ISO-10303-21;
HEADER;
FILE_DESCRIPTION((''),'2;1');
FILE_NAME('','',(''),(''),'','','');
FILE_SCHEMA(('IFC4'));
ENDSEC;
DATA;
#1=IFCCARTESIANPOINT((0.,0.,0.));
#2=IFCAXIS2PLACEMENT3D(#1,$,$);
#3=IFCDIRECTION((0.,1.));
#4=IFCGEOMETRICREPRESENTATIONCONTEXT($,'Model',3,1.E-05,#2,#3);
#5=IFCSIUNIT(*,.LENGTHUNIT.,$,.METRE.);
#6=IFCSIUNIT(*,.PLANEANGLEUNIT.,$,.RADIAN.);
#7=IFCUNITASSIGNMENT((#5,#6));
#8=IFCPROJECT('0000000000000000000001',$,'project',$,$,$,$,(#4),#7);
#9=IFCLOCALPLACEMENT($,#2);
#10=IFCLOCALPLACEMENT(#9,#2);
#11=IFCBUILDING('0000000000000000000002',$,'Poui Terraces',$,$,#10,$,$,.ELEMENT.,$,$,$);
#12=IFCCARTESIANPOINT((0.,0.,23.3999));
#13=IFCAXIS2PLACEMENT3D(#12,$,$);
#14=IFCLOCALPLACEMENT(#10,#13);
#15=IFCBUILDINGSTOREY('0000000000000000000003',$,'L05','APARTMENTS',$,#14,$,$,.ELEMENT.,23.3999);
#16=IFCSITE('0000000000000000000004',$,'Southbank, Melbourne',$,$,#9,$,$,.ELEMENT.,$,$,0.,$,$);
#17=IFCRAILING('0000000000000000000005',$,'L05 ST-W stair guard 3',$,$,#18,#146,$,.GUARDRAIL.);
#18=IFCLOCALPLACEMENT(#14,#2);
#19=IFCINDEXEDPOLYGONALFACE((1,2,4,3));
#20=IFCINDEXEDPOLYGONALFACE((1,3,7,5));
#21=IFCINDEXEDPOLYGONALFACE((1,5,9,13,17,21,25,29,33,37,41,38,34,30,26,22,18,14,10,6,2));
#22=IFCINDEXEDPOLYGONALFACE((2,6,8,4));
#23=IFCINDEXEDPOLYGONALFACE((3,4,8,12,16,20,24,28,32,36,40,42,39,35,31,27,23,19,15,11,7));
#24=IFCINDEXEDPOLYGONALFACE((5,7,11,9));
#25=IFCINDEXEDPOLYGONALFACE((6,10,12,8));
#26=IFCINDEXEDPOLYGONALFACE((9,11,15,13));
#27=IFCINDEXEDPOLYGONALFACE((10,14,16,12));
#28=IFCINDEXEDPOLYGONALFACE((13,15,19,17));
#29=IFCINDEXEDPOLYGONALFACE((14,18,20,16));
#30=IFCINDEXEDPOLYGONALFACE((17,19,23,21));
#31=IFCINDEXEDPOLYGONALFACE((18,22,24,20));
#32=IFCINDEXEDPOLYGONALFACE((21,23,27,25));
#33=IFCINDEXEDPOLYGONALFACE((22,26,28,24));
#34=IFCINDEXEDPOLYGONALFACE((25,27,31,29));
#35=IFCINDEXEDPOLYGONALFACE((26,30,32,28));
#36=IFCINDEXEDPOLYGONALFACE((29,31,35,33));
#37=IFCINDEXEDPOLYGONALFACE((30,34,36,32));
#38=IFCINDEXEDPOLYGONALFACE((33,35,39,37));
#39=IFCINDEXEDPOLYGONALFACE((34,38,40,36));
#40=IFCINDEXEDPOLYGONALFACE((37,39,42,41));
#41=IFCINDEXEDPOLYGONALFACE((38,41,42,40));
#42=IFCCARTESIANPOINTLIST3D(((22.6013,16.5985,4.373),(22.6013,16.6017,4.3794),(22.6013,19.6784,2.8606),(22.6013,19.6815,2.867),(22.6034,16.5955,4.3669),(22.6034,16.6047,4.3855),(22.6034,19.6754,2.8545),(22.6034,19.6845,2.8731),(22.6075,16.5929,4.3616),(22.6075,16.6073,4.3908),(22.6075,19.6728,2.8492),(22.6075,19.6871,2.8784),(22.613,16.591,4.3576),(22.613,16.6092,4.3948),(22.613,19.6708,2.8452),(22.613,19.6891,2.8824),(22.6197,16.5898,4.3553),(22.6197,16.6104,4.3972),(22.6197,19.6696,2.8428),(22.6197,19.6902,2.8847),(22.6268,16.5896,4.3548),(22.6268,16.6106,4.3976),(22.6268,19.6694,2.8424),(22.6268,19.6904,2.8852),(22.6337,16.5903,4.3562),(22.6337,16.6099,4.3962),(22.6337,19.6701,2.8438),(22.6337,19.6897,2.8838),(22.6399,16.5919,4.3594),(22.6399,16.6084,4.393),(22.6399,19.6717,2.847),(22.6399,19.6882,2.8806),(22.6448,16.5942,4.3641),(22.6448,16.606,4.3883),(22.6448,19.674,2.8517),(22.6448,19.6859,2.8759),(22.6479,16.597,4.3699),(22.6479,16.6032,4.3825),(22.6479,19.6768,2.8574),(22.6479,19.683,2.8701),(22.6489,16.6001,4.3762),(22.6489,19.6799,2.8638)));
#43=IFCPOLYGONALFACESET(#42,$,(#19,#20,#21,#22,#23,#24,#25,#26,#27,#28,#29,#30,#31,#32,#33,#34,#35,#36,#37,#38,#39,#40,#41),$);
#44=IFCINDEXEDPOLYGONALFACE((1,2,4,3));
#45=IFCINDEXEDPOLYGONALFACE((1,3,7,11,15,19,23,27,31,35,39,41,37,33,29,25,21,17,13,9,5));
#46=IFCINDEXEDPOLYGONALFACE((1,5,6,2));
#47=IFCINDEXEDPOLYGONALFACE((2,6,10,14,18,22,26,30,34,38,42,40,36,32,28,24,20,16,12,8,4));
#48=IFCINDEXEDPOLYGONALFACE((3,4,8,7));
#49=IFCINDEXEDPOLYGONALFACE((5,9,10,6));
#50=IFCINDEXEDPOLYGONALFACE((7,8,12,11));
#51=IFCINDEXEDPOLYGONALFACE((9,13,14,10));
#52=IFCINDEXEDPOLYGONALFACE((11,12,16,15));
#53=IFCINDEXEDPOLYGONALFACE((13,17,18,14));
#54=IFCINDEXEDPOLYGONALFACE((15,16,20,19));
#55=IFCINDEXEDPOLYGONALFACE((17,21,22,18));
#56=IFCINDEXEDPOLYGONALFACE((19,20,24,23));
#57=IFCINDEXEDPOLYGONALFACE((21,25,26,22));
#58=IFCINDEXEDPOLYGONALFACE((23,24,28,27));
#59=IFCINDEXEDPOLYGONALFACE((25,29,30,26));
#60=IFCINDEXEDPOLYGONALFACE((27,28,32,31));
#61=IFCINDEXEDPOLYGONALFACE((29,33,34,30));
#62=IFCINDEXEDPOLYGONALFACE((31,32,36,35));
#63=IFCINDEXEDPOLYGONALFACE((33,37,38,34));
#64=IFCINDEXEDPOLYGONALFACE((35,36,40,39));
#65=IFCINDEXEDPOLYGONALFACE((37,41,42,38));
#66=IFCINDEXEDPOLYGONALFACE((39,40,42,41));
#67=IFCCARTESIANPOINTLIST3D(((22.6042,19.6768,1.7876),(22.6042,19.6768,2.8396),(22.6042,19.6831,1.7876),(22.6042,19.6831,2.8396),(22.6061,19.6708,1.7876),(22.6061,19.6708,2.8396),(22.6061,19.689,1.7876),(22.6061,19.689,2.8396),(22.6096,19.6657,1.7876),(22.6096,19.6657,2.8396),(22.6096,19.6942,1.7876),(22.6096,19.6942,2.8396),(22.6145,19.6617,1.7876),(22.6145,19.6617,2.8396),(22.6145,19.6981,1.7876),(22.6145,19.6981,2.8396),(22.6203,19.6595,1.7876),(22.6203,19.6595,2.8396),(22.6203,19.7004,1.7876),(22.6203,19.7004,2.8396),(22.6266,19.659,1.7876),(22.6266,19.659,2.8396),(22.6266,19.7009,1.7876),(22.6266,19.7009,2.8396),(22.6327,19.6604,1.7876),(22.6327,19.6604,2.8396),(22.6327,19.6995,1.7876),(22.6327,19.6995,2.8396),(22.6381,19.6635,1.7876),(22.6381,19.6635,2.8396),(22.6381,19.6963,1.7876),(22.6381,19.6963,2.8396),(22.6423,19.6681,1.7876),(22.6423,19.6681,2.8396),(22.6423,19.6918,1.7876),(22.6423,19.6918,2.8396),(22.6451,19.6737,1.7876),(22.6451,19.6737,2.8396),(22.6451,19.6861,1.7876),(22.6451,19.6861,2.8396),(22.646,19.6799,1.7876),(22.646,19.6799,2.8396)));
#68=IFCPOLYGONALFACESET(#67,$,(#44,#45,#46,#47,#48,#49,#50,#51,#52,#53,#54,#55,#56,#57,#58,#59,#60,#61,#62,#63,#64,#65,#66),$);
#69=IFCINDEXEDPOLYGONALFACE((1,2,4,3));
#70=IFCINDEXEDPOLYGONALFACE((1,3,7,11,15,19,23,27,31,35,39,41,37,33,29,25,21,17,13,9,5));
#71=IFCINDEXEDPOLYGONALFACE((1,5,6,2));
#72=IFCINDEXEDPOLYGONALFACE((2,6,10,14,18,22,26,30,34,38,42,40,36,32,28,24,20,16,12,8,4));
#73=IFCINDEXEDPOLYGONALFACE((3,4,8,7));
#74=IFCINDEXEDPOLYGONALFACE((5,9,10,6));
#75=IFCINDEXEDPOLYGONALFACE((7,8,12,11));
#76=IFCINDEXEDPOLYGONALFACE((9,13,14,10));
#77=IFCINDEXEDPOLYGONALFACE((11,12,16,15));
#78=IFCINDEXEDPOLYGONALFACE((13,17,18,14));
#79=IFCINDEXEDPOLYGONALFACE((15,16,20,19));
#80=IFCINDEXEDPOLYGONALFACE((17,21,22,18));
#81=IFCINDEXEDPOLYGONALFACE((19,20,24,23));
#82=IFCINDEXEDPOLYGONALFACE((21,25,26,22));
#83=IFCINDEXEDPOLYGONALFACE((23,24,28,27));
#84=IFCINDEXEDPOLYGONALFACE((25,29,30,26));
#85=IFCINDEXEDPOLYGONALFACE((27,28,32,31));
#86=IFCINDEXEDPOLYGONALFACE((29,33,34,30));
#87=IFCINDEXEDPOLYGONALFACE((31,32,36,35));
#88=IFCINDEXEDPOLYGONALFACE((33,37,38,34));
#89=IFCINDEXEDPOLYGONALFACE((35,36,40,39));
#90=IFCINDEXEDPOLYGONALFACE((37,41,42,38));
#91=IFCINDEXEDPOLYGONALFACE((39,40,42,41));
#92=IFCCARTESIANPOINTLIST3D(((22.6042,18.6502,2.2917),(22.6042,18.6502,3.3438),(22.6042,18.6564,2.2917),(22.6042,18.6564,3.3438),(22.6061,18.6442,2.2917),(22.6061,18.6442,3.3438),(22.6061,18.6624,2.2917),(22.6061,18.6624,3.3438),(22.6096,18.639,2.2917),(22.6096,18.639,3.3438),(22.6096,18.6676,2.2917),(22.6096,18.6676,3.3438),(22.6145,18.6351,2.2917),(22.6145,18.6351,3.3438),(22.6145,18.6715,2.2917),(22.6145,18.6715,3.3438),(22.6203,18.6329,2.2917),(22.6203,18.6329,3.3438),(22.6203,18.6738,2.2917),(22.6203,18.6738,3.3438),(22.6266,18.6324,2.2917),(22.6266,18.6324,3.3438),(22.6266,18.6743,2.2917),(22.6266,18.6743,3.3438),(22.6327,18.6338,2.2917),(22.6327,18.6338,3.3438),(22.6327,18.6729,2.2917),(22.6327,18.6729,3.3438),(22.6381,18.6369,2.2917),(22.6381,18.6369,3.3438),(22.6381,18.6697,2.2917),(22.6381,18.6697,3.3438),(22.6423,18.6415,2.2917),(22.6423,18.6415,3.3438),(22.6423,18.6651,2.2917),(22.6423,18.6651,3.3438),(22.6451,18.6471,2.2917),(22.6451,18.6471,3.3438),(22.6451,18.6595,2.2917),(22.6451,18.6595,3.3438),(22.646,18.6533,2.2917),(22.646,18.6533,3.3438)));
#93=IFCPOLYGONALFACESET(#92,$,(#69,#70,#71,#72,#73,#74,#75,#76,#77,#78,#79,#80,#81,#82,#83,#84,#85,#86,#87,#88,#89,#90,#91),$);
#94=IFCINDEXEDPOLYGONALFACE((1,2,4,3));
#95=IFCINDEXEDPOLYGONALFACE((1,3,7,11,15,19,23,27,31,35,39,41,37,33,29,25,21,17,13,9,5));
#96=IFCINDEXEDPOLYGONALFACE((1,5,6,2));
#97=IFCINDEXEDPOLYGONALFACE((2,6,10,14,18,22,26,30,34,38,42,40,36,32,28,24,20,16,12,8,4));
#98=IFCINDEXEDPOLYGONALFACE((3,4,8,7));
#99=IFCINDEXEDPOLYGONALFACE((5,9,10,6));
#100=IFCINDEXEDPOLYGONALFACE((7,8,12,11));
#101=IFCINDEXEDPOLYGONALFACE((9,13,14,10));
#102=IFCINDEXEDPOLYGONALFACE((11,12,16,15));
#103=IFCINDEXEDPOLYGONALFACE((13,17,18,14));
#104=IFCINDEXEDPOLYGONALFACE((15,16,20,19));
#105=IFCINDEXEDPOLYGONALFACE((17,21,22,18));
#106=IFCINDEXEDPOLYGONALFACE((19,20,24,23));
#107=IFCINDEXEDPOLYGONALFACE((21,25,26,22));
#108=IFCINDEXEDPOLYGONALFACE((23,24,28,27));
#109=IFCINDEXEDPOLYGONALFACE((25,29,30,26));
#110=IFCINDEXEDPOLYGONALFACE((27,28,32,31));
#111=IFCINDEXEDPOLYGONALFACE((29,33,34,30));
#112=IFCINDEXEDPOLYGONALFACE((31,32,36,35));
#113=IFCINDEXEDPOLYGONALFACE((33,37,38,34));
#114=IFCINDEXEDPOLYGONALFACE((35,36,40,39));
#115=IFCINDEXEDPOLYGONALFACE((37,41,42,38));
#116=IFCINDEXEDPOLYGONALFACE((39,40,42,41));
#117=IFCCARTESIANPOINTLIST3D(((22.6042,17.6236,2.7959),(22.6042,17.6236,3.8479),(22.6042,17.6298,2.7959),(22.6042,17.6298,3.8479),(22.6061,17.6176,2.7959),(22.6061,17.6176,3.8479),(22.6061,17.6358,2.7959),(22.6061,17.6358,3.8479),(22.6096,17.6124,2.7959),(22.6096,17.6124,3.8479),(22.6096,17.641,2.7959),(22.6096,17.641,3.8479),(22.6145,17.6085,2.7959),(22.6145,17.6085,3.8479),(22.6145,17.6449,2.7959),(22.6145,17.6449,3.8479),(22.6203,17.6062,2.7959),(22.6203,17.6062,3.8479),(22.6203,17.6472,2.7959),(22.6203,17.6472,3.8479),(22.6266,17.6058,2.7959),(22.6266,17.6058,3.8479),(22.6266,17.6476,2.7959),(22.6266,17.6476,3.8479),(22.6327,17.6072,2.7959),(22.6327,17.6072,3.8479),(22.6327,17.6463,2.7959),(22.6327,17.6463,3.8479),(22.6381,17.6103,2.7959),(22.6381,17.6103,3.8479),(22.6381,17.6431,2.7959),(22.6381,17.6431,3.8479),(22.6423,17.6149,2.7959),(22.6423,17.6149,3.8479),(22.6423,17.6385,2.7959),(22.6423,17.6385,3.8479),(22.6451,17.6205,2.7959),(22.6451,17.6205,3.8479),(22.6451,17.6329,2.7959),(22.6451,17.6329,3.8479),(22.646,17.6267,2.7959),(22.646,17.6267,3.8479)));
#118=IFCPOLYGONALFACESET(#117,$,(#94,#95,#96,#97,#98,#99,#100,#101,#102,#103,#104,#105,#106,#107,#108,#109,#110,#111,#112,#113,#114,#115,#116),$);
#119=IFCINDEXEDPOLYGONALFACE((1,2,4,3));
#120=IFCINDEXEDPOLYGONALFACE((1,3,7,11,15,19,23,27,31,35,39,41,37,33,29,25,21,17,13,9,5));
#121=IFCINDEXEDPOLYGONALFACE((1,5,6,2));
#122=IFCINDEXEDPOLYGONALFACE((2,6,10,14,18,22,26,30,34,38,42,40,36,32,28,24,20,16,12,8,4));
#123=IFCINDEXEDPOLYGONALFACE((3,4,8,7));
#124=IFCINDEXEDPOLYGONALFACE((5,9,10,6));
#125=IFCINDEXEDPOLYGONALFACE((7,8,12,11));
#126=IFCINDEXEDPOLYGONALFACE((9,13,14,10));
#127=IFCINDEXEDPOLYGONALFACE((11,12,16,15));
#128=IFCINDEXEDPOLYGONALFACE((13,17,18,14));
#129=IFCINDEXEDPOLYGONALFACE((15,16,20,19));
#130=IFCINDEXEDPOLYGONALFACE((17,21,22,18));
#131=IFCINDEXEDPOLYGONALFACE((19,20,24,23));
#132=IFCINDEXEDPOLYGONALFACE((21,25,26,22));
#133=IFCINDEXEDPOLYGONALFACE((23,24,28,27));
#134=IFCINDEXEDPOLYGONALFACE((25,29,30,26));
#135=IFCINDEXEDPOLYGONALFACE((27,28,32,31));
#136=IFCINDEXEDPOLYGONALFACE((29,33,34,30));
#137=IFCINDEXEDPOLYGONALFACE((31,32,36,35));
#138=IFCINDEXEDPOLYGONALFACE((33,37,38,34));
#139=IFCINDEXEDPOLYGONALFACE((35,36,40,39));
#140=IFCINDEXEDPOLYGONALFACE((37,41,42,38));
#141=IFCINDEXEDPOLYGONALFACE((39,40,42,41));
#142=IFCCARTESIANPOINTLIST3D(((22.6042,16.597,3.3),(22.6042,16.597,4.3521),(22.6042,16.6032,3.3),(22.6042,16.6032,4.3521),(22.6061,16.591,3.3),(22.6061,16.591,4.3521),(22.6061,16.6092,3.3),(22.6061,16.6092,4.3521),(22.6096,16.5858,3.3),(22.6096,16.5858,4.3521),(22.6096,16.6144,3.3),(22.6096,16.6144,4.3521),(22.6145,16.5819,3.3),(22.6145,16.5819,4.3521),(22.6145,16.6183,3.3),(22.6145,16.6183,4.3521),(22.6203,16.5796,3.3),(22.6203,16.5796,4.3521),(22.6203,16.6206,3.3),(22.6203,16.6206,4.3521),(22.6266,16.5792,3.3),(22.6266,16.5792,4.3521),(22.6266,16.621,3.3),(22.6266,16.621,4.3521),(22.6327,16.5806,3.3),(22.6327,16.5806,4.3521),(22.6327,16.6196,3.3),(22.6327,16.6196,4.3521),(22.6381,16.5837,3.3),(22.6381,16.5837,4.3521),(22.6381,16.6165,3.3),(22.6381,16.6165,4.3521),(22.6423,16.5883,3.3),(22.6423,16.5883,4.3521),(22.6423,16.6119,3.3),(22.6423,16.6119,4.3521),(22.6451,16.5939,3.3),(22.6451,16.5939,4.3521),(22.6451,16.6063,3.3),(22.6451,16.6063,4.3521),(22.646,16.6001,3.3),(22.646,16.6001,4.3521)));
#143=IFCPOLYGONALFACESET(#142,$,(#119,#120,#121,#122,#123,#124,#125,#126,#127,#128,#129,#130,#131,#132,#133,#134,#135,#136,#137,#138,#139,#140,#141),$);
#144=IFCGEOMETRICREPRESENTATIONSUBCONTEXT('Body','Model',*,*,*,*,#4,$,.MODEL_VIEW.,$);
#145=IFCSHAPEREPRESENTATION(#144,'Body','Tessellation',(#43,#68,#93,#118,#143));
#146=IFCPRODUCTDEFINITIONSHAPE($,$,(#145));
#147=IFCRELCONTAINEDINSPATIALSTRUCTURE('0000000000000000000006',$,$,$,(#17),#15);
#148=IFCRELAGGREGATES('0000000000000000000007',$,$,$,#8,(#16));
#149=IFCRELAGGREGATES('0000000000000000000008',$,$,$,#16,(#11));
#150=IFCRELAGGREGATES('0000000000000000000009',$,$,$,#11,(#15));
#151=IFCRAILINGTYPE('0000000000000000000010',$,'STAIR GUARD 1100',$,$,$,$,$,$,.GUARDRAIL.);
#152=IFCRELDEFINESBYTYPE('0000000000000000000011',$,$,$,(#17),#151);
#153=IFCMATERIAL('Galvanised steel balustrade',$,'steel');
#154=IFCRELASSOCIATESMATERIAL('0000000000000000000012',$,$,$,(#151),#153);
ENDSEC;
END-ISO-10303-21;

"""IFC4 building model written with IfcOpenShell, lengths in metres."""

from ifc_helpers import new_model, si_unit, direction, frame, origin, origin_2d, place, context, subcontext, project, spatial, circle, extrude, material, type_object, element, save


model = new_model("IFC4")

# Units and contexts
model_context = context("Model", 3, precision=1e-05, world=origin(), true_north=direction((0.0, 1.0)))
body_context = subcontext(model_context, "Body", "Model", "MODEL_VIEW")
ifc_project = project(units=[si_unit("LENGTHUNIT", "METRE"), si_unit("PLANEANGLEUNIT", "RADIAN")], contexts=[model_context])

# Site, building, storey
site_placement = place(None, origin())
site = spatial("IfcSite", under=ifc_project, at=site_placement, Name="Southbank, Melbourne", CompositionType="ELEMENT", RefElevation=0.0)
building_placement = place(site_placement, origin())
building = spatial("IfcBuilding", under=site, at=building_placement, Name="Poui Terraces", CompositionType="ELEMENT")
storey_placement = place(building_placement, frame((0.0, 0.0, 23.3999)))
storey = spatial("IfcBuildingStorey", under=building, at=storey_placement, Name="L05", Description="APARTMENTS", CompositionType="ELEMENT", Elevation=23.3999)

# Railing
ifc_material_1 = material(Name="Galvanised steel balustrade", Category="steel")
railing_type_1 = type_object("IfcRailingType", Name="STAIR GUARD 1100", PredefinedType="GUARDRAIL", material=ifc_material_1)
railing_1_placement = place(storey_placement, frame((22.625, 19.6799, 1.7876)))
element("IfcRailing", 1, at=railing_1_placement, inside=storey, type_object=railing_type_1, Name="L05 ST-W stair guard 3", PredefinedType="GUARDRAIL", context=body_context, shape_type="SweptSolid", body=[
    extrude(circle(Radius=0.0239, at=origin_2d()), frame((0.0, 0.0, 1.0762), z_axis=(0.0, -0.897606, 0.440798), x_axis=(1.0, 0.0, 0.0)), (0.0, 0.0, 1.0), 3.4312),
    extrude(circle(Radius=0.021, at=origin_2d()), origin(), (0.0, 0.0, 1.0), 1.052),
    extrude(circle(Radius=0.021, at=origin_2d()), frame((0.0, -1.0266, 0.5042)), (0.0, 0.0, 1.0), 1.052),
    extrude(circle(Radius=0.021, at=origin_2d()), frame((0.0, -2.0532, 1.0083)), (0.0, 0.0, 1.0), 1.052),
    extrude(circle(Radius=0.021, at=origin_2d()), frame((0.0, -3.0798, 1.5125)), (0.0, 0.0, 1.0), 1.052),
])

save(model, "model.ifc")
